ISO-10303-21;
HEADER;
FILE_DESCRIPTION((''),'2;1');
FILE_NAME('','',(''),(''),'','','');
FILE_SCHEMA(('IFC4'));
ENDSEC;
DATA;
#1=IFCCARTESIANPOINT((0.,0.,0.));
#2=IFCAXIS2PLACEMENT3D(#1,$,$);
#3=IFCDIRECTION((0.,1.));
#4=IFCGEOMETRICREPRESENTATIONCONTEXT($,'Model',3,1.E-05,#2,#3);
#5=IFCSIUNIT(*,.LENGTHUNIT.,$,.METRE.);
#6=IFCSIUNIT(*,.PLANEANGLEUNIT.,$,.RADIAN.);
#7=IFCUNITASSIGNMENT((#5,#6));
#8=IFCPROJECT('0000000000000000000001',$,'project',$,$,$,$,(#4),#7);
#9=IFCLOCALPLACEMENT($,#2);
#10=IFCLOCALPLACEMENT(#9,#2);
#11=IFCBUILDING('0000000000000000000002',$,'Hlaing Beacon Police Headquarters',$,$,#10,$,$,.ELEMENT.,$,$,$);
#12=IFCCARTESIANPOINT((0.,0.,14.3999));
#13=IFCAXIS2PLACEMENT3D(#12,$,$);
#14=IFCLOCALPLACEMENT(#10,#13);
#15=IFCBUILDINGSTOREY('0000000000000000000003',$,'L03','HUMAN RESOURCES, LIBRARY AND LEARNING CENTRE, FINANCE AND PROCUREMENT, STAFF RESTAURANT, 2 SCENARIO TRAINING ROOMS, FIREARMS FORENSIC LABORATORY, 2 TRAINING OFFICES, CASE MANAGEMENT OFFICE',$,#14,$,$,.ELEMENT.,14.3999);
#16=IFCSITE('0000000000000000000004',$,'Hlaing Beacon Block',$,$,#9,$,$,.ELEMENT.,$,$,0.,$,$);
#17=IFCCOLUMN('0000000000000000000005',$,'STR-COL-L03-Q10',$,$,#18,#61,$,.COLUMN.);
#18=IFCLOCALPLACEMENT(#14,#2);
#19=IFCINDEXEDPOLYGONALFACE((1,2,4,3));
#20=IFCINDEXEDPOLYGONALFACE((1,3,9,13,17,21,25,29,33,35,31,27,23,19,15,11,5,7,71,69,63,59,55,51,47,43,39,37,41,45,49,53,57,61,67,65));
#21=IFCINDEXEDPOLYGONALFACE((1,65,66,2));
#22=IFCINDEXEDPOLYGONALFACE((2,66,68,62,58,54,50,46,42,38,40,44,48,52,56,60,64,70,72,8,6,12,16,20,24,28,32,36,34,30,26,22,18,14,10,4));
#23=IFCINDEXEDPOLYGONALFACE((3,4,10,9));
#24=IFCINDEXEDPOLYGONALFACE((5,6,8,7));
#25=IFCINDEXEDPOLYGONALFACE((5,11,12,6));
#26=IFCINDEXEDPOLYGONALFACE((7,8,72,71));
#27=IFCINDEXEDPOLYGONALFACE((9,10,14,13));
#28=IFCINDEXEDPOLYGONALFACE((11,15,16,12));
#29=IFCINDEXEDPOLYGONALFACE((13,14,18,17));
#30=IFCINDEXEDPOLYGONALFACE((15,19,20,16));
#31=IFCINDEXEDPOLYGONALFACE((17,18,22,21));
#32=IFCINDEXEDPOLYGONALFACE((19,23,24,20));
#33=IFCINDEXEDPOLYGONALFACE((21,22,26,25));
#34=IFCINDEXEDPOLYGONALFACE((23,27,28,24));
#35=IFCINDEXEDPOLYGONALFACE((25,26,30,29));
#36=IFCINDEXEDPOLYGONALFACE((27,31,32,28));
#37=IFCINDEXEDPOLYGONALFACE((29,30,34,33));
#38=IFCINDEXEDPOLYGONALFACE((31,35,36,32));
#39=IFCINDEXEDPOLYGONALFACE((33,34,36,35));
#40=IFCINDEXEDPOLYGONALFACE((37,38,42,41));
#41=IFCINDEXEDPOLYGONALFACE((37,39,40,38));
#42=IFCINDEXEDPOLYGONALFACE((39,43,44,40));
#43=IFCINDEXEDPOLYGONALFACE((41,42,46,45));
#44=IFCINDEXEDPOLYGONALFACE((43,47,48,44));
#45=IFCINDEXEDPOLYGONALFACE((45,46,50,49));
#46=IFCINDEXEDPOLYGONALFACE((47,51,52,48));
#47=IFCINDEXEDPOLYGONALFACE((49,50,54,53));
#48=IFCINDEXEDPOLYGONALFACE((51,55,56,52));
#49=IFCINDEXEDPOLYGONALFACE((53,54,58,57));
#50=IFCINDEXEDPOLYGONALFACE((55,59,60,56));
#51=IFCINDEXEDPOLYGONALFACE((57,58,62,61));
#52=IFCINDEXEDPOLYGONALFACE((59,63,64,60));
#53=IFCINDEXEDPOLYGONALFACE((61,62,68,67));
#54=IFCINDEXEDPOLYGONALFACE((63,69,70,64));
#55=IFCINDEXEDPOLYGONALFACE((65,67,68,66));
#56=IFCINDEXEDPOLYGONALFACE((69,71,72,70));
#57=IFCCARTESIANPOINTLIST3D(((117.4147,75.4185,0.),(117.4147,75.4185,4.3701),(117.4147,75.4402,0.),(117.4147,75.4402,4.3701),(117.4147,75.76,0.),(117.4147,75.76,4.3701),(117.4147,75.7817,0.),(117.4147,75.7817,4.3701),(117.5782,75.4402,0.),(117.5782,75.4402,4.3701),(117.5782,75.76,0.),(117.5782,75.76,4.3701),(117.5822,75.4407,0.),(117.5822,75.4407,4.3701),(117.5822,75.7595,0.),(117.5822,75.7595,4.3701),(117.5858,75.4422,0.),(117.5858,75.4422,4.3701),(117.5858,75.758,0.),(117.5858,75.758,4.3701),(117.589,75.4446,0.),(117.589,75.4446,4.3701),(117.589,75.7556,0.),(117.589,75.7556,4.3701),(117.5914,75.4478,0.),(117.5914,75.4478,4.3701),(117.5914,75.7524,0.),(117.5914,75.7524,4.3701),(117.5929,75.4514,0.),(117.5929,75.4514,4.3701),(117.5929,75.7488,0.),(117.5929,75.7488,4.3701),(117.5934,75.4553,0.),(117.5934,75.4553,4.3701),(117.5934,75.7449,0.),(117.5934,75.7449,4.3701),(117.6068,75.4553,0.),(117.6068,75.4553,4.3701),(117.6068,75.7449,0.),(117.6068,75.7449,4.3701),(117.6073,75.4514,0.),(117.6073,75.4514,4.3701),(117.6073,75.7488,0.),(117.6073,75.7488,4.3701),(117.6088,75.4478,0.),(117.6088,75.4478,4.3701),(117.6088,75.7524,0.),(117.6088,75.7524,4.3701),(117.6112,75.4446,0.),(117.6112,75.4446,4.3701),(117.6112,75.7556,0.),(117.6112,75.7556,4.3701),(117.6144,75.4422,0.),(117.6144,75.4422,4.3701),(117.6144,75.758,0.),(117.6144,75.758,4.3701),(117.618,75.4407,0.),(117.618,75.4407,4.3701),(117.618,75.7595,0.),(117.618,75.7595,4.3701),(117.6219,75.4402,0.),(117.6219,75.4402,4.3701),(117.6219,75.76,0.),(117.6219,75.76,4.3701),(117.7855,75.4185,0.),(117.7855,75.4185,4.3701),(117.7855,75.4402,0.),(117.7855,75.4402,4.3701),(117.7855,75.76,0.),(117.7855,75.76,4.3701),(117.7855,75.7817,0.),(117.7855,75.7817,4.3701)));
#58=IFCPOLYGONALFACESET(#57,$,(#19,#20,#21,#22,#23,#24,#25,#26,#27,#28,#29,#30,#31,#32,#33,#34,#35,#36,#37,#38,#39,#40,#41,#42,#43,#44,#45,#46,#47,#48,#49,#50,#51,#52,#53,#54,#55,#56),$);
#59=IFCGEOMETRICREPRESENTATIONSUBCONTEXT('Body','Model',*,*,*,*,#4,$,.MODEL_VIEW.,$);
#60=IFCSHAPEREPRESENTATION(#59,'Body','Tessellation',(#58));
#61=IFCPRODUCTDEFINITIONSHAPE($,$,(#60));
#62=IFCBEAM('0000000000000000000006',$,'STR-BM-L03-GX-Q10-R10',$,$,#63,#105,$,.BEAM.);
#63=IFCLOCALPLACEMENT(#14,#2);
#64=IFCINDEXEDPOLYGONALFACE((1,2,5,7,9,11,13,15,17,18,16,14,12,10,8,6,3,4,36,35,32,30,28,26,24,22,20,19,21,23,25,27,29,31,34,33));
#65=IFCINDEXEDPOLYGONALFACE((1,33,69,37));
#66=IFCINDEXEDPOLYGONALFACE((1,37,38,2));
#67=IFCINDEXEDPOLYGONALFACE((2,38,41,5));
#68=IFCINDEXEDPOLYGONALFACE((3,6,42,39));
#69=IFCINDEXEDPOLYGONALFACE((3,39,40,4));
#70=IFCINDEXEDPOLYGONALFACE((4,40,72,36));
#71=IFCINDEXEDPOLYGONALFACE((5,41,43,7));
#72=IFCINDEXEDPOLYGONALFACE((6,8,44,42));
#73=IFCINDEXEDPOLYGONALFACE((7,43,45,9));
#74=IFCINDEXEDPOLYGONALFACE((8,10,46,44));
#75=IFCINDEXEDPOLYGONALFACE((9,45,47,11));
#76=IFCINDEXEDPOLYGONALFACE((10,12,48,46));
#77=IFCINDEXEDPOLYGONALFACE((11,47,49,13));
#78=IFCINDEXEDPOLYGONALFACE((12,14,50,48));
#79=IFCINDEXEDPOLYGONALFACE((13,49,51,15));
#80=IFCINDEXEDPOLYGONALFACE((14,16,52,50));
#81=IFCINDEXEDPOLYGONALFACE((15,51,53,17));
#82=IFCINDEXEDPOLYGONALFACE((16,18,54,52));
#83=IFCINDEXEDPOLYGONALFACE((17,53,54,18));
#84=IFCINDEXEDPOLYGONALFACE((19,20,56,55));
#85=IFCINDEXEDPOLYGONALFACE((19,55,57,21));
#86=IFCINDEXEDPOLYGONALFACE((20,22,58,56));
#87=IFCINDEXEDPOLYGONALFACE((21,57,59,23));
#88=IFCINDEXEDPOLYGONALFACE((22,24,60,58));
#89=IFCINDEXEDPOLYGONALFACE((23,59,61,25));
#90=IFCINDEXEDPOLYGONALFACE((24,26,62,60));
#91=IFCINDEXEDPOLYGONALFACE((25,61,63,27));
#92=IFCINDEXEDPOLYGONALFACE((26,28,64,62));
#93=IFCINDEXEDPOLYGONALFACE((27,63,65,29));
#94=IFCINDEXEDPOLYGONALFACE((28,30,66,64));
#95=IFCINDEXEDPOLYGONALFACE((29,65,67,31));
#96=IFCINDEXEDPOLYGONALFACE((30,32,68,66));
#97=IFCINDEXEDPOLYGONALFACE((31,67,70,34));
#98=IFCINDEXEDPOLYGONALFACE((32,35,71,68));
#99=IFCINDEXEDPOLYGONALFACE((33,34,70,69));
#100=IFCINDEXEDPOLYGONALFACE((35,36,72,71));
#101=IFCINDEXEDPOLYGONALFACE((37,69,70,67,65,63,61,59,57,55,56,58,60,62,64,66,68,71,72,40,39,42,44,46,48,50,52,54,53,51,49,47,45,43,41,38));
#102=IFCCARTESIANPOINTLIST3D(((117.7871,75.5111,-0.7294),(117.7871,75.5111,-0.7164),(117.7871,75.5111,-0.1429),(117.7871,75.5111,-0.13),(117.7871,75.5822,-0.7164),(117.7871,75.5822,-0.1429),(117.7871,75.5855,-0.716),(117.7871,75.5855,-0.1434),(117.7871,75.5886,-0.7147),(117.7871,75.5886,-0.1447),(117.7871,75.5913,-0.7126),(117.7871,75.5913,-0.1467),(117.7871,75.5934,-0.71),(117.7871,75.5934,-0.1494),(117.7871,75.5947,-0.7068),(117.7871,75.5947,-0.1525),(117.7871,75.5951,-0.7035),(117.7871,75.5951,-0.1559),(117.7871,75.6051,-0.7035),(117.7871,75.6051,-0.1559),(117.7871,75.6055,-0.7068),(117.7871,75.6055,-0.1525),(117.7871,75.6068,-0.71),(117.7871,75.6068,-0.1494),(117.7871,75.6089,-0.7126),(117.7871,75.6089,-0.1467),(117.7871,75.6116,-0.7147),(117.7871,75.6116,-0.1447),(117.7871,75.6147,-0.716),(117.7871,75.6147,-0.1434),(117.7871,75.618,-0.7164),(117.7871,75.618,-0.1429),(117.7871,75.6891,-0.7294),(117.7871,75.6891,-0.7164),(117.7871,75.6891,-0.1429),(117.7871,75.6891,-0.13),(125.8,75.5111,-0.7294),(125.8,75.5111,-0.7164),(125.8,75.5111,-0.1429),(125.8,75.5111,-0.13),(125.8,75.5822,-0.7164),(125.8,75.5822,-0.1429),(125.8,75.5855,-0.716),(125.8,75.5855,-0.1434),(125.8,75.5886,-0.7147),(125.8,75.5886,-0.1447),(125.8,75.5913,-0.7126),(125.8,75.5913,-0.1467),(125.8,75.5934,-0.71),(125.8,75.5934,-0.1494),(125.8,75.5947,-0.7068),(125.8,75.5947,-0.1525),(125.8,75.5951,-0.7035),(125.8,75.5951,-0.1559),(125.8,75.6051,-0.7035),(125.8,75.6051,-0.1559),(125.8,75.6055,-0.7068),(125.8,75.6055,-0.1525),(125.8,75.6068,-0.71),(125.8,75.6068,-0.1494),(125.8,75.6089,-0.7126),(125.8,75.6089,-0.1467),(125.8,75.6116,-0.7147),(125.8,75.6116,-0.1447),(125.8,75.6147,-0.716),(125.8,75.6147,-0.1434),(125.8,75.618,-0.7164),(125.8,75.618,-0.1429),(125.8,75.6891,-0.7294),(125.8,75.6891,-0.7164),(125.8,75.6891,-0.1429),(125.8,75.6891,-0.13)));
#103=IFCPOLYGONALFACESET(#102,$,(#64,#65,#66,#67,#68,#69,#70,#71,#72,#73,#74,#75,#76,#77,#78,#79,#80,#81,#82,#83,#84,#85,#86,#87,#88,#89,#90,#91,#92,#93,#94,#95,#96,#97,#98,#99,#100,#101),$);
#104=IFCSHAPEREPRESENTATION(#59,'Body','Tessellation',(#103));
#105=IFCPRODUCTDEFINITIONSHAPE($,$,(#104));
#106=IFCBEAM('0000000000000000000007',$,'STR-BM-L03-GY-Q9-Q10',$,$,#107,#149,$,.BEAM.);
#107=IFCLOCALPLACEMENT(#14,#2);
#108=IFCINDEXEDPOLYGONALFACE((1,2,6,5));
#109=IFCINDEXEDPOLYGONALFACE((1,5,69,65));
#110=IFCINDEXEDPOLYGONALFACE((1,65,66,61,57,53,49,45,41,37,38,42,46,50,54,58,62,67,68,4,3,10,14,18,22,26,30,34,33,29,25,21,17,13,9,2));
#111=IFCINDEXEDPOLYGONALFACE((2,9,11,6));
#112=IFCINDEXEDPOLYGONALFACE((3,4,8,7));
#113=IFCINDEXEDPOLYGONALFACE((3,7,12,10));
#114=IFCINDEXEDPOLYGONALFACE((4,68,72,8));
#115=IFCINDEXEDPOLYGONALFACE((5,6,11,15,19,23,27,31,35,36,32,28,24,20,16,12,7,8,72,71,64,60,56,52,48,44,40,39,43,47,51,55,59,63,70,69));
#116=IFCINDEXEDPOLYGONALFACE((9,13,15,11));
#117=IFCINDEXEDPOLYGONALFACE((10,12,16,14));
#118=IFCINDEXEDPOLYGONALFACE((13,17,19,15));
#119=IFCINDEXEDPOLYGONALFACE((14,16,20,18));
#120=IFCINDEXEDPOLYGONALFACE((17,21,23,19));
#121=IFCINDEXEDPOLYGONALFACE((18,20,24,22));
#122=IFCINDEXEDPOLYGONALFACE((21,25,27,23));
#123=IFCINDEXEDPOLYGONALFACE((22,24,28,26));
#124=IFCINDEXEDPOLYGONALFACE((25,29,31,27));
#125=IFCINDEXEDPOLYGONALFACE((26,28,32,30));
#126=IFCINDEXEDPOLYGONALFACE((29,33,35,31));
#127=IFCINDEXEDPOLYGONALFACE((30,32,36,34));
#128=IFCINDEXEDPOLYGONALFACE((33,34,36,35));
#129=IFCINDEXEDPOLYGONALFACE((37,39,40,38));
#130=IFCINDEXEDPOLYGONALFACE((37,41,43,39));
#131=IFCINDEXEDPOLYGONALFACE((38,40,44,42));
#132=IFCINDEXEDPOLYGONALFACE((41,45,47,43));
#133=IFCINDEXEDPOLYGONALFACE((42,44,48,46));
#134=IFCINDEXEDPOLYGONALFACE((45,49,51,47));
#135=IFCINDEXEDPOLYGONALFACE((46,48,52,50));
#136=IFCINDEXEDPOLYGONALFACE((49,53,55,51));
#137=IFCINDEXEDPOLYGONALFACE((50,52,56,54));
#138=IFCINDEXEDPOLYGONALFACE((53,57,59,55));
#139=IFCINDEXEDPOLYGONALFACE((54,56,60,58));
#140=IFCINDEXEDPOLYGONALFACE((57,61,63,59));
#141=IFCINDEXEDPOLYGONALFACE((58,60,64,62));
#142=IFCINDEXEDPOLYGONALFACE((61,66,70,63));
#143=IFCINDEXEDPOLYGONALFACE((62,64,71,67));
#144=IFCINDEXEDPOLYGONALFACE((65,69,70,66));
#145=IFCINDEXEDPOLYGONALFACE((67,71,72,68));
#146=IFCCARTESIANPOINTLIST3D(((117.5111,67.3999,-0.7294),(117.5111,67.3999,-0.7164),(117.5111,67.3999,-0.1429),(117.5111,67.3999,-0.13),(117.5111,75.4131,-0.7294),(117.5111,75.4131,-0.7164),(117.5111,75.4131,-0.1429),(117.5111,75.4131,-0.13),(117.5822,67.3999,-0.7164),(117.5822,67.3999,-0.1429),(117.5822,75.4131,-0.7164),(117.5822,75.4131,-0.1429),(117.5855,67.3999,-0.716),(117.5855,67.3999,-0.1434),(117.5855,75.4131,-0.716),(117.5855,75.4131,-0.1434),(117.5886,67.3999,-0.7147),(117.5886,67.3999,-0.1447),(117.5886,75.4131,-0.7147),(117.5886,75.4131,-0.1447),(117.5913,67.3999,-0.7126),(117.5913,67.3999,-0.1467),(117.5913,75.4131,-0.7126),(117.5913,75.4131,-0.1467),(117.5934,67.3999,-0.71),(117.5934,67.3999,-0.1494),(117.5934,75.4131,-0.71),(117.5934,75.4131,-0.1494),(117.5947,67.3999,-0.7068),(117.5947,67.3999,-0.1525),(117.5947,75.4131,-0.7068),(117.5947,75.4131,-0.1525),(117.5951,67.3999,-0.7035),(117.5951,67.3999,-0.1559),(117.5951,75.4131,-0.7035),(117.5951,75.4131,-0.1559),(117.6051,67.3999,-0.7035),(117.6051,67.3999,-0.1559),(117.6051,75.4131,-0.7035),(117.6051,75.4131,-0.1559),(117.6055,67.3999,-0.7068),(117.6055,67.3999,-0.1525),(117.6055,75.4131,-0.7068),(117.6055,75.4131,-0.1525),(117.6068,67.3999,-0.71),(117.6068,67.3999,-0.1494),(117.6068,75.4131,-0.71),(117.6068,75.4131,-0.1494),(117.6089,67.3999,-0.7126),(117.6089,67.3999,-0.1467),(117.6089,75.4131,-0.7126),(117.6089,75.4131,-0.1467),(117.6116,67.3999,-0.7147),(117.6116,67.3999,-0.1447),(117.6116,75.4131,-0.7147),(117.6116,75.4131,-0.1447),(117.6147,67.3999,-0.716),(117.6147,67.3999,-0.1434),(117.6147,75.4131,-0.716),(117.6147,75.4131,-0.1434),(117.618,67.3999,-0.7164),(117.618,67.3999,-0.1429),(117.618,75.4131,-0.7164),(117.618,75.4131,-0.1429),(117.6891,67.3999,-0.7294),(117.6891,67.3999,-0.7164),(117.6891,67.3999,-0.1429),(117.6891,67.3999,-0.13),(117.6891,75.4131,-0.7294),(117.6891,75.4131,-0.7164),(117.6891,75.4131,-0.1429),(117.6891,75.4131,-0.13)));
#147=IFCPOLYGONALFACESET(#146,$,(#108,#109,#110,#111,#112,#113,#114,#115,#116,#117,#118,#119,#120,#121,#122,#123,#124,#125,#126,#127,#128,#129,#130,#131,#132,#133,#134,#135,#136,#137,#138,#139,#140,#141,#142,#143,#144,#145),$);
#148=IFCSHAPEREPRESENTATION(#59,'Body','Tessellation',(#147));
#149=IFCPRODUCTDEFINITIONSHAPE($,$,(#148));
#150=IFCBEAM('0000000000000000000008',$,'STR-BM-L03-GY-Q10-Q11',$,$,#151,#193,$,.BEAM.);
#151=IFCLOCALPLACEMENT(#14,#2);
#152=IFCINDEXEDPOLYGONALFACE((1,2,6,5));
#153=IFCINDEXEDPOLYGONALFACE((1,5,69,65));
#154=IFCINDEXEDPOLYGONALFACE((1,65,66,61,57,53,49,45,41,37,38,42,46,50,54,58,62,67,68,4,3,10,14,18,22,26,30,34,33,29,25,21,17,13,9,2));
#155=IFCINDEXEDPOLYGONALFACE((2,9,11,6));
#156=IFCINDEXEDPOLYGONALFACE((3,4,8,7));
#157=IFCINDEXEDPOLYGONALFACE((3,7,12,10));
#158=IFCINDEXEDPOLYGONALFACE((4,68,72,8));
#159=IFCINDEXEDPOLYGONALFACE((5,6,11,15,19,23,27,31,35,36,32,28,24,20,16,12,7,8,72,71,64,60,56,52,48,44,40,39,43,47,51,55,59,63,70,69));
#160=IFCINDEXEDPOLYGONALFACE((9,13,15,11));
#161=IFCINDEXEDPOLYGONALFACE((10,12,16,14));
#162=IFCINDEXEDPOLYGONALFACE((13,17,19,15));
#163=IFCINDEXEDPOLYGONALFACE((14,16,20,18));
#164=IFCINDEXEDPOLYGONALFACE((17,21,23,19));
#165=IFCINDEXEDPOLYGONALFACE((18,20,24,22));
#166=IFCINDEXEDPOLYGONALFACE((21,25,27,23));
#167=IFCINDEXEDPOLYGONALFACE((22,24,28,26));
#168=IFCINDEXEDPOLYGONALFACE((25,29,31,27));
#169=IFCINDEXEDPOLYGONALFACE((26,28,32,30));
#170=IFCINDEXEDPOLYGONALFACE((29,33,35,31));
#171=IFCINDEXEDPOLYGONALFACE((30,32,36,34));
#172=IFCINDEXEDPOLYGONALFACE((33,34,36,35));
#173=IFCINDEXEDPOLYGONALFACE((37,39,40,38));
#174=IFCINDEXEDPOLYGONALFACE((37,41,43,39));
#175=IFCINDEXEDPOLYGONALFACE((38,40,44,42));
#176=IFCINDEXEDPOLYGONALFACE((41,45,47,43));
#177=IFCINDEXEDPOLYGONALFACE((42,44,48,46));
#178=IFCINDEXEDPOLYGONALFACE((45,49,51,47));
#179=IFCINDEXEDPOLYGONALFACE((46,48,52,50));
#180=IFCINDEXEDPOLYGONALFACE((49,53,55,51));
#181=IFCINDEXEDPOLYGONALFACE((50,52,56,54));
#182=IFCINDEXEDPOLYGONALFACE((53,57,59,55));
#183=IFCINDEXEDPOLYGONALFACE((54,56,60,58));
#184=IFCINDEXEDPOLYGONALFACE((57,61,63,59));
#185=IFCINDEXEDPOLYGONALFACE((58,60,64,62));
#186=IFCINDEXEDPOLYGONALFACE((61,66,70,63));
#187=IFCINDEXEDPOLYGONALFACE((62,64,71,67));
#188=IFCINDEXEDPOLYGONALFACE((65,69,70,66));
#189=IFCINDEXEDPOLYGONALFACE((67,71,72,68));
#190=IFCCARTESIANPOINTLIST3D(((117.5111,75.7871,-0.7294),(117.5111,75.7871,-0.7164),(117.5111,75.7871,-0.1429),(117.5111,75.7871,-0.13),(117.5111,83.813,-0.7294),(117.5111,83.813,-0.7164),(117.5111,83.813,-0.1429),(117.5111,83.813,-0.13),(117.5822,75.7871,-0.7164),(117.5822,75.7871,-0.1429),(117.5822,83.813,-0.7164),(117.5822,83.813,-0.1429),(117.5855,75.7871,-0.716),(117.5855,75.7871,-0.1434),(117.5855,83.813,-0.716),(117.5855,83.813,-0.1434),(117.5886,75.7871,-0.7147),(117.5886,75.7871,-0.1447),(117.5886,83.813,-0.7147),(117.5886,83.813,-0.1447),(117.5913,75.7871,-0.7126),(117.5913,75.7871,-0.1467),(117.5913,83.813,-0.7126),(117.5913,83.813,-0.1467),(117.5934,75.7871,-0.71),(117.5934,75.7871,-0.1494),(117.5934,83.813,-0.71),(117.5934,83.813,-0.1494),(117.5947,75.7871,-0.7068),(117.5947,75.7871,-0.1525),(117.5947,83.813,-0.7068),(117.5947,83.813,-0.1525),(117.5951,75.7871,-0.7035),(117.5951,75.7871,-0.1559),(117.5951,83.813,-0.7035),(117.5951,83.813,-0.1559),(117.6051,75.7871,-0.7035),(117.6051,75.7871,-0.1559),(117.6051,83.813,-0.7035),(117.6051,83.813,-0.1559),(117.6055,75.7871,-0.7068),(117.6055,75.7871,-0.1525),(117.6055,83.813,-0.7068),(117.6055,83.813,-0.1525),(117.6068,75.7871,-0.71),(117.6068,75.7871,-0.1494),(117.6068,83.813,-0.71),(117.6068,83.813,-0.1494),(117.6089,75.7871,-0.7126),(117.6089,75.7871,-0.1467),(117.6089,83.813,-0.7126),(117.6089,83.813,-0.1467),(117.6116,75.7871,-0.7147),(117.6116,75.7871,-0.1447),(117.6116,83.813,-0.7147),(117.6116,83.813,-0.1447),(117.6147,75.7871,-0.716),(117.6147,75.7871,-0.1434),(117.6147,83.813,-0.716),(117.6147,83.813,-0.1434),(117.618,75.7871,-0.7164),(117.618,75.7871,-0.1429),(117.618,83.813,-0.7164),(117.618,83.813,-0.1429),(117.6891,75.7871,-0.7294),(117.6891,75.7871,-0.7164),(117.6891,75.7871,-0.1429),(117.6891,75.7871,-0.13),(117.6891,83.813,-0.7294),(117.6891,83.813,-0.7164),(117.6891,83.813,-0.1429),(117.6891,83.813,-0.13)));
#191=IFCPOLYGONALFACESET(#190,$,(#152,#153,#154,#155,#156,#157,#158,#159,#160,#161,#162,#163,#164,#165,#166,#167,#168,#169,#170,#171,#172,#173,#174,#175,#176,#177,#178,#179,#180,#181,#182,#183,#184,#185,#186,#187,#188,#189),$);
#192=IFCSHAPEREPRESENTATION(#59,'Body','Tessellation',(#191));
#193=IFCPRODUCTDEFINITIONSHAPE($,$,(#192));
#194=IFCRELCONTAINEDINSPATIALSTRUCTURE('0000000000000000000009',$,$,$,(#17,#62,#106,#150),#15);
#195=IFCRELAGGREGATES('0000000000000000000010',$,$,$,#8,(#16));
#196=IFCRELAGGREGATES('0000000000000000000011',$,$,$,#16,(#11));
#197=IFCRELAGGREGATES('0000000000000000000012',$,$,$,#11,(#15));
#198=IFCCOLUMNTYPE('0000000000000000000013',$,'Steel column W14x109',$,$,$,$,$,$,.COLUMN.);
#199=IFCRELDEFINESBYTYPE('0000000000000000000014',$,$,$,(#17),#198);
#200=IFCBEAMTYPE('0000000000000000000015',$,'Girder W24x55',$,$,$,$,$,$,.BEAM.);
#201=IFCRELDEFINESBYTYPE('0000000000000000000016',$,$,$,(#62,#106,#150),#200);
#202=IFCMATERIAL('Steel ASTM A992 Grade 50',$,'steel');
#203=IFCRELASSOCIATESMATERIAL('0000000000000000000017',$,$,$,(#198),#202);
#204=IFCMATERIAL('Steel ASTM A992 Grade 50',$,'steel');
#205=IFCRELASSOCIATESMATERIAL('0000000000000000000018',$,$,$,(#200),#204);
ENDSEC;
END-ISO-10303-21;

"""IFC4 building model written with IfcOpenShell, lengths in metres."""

from ifc_helpers import new_model, si_unit, direction, frame, origin, origin_2d, place, context, subcontext, project, spatial, i_section, extrude, material, material_profile, profile_set, type_object, element, save


model = new_model("IFC4")

# Units and contexts
model_context = context("Model", 3, precision=1e-05, world=origin(), true_north=direction((0.0, 1.0)))
body_context = subcontext(model_context, "Body", "Model", "MODEL_VIEW")
ifc_project = project(units=[si_unit("LENGTHUNIT", "METRE"), si_unit("PLANEANGLEUNIT", "RADIAN")], contexts=[model_context])

# Site, building, storey
site_placement = place(None, origin())
site = spatial("IfcSite", under=ifc_project, at=site_placement, Name="Hlaing Beacon Block", CompositionType="ELEMENT", RefElevation=0.0)
building_placement = place(site_placement, origin())
building = spatial("IfcBuilding", under=site, at=building_placement, Name="Hlaing Beacon Police Headquarters", CompositionType="ELEMENT")
storey_placement = place(building_placement, frame((0.0, 0.0, 14.3999)))
storey = spatial("IfcBuildingStorey", under=building, at=storey_placement, Name="L03", Description="HUMAN RESOURCES, LIBRARY AND LEARNING CENTRE, FINANCE AND PROCUREMENT, STAFF RESTAURANT, 2 SCENARIO TRAINING ROOMS, FIREARMS FORENSIC LABORATORY, 2 TRAINING OFFICES, CASE MANAGEMENT OFFICE", CompositionType="ELEMENT", Elevation=14.3999)

# Column
ifc_material_1 = material(Name="Steel ASTM A992 Grade 50", Category="steel")
ifc_material_profile_1 = material_profile(ifc_material_1, i_section(OverallWidth=0.3708, OverallDepth=0.3633, WebThickness=0.0134, FlangeThickness=0.0217, FilletRadius=0.0151, at=origin_2d()), Name="W14x109")
ifc_profile_set_1 = profile_set([ifc_material_profile_1], Name="Steel ASTM A992 Grade 50")
column_type = type_object("IfcColumnType", Name="Steel column W14x109", PredefinedType="COLUMN", material=ifc_profile_set_1)
column_placement = place(storey_placement, frame((117.6001, 75.6001, 0.0), z_axis=(0.0, 0.0, 1.0), x_axis=(1.0, 0.0, 0.0)))
element("IfcColumn", 1, at=column_placement, inside=storey, type_object=column_type, Name="STR-COL-L03-Q10", PredefinedType="COLUMN", context=body_context, shape_type="SweptSolid", body=[
    extrude(i_section(OverallWidth=0.3708, OverallDepth=0.3633, WebThickness=0.0134, FlangeThickness=0.0217, FilletRadius=0.0151, at=origin_2d()), origin(), (0.0, 0.0, 1.0), 4.3701),
])

# Beams
ifc_material_2 = material(Name="Steel ASTM A992 Grade 50", Category="steel")
ifc_material_profile_2 = material_profile(ifc_material_2, i_section(OverallWidth=0.178, OverallDepth=0.5994, WebThickness=0.01, FlangeThickness=0.0129, FilletRadius=0.0129, at=origin_2d()), Name="W24x55")
ifc_profile_set_2 = profile_set([ifc_material_profile_2], Name="Steel ASTM A992 Grade 50")
beam_type_1 = type_object("IfcBeamType", Name="Girder W24x55", PredefinedType="BEAM", material=ifc_profile_set_2)
beam_1_placement = place(storey_placement, frame((117.7871, 75.6001, -0.4297), z_axis=(1.0, 0.0, 0.0), x_axis=(0.0, 1.0, 0.0)))
element("IfcBeam", 2, at=beam_1_placement, inside=storey, type_object=beam_type_1, Name="STR-BM-L03-GX-Q10-R10", PredefinedType="BEAM", context=body_context, shape_type="SweptSolid", body=[
    extrude(i_section(OverallWidth=0.178, OverallDepth=0.5994, WebThickness=0.01, FlangeThickness=0.0129, FilletRadius=0.0129, at=origin_2d()), origin(), (0.0, 0.0, 1.0), 8.0129),
])
beam_2_placement = place(storey_placement, frame((117.6001, 67.3999, -0.4297), z_axis=(0.0, 1.0, 0.0), x_axis=(-1.0, 0.0, 0.0)))
element("IfcBeam", 3, at=beam_2_placement, inside=storey, type_object=beam_type_1, Name="STR-BM-L03-GY-Q9-Q10", PredefinedType="BEAM", context=body_context, shape_type="SweptSolid", body=[
    extrude(i_section(OverallWidth=0.178, OverallDepth=0.5994, WebThickness=0.01, FlangeThickness=0.0129, FilletRadius=0.0129, at=origin_2d()), origin(), (0.0, 0.0, 1.0), 8.0132),
])
beam_3_placement = place(storey_placement, frame((117.6001, 75.7871, -0.4297), z_axis=(0.0, 1.0, 0.0), x_axis=(-1.0, 0.0, 0.0)))
element("IfcBeam", 4, at=beam_3_placement, inside=storey, type_object=beam_type_1, Name="STR-BM-L03-GY-Q10-Q11", PredefinedType="BEAM", context=body_context, shape_type="SweptSolid", body=[
    extrude(i_section(OverallWidth=0.178, OverallDepth=0.5994, WebThickness=0.01, FlangeThickness=0.0129, FilletRadius=0.0129, at=origin_2d()), origin(), (0.0, 0.0, 1.0), 8.0259),
])

save(model, "model.ifc")
